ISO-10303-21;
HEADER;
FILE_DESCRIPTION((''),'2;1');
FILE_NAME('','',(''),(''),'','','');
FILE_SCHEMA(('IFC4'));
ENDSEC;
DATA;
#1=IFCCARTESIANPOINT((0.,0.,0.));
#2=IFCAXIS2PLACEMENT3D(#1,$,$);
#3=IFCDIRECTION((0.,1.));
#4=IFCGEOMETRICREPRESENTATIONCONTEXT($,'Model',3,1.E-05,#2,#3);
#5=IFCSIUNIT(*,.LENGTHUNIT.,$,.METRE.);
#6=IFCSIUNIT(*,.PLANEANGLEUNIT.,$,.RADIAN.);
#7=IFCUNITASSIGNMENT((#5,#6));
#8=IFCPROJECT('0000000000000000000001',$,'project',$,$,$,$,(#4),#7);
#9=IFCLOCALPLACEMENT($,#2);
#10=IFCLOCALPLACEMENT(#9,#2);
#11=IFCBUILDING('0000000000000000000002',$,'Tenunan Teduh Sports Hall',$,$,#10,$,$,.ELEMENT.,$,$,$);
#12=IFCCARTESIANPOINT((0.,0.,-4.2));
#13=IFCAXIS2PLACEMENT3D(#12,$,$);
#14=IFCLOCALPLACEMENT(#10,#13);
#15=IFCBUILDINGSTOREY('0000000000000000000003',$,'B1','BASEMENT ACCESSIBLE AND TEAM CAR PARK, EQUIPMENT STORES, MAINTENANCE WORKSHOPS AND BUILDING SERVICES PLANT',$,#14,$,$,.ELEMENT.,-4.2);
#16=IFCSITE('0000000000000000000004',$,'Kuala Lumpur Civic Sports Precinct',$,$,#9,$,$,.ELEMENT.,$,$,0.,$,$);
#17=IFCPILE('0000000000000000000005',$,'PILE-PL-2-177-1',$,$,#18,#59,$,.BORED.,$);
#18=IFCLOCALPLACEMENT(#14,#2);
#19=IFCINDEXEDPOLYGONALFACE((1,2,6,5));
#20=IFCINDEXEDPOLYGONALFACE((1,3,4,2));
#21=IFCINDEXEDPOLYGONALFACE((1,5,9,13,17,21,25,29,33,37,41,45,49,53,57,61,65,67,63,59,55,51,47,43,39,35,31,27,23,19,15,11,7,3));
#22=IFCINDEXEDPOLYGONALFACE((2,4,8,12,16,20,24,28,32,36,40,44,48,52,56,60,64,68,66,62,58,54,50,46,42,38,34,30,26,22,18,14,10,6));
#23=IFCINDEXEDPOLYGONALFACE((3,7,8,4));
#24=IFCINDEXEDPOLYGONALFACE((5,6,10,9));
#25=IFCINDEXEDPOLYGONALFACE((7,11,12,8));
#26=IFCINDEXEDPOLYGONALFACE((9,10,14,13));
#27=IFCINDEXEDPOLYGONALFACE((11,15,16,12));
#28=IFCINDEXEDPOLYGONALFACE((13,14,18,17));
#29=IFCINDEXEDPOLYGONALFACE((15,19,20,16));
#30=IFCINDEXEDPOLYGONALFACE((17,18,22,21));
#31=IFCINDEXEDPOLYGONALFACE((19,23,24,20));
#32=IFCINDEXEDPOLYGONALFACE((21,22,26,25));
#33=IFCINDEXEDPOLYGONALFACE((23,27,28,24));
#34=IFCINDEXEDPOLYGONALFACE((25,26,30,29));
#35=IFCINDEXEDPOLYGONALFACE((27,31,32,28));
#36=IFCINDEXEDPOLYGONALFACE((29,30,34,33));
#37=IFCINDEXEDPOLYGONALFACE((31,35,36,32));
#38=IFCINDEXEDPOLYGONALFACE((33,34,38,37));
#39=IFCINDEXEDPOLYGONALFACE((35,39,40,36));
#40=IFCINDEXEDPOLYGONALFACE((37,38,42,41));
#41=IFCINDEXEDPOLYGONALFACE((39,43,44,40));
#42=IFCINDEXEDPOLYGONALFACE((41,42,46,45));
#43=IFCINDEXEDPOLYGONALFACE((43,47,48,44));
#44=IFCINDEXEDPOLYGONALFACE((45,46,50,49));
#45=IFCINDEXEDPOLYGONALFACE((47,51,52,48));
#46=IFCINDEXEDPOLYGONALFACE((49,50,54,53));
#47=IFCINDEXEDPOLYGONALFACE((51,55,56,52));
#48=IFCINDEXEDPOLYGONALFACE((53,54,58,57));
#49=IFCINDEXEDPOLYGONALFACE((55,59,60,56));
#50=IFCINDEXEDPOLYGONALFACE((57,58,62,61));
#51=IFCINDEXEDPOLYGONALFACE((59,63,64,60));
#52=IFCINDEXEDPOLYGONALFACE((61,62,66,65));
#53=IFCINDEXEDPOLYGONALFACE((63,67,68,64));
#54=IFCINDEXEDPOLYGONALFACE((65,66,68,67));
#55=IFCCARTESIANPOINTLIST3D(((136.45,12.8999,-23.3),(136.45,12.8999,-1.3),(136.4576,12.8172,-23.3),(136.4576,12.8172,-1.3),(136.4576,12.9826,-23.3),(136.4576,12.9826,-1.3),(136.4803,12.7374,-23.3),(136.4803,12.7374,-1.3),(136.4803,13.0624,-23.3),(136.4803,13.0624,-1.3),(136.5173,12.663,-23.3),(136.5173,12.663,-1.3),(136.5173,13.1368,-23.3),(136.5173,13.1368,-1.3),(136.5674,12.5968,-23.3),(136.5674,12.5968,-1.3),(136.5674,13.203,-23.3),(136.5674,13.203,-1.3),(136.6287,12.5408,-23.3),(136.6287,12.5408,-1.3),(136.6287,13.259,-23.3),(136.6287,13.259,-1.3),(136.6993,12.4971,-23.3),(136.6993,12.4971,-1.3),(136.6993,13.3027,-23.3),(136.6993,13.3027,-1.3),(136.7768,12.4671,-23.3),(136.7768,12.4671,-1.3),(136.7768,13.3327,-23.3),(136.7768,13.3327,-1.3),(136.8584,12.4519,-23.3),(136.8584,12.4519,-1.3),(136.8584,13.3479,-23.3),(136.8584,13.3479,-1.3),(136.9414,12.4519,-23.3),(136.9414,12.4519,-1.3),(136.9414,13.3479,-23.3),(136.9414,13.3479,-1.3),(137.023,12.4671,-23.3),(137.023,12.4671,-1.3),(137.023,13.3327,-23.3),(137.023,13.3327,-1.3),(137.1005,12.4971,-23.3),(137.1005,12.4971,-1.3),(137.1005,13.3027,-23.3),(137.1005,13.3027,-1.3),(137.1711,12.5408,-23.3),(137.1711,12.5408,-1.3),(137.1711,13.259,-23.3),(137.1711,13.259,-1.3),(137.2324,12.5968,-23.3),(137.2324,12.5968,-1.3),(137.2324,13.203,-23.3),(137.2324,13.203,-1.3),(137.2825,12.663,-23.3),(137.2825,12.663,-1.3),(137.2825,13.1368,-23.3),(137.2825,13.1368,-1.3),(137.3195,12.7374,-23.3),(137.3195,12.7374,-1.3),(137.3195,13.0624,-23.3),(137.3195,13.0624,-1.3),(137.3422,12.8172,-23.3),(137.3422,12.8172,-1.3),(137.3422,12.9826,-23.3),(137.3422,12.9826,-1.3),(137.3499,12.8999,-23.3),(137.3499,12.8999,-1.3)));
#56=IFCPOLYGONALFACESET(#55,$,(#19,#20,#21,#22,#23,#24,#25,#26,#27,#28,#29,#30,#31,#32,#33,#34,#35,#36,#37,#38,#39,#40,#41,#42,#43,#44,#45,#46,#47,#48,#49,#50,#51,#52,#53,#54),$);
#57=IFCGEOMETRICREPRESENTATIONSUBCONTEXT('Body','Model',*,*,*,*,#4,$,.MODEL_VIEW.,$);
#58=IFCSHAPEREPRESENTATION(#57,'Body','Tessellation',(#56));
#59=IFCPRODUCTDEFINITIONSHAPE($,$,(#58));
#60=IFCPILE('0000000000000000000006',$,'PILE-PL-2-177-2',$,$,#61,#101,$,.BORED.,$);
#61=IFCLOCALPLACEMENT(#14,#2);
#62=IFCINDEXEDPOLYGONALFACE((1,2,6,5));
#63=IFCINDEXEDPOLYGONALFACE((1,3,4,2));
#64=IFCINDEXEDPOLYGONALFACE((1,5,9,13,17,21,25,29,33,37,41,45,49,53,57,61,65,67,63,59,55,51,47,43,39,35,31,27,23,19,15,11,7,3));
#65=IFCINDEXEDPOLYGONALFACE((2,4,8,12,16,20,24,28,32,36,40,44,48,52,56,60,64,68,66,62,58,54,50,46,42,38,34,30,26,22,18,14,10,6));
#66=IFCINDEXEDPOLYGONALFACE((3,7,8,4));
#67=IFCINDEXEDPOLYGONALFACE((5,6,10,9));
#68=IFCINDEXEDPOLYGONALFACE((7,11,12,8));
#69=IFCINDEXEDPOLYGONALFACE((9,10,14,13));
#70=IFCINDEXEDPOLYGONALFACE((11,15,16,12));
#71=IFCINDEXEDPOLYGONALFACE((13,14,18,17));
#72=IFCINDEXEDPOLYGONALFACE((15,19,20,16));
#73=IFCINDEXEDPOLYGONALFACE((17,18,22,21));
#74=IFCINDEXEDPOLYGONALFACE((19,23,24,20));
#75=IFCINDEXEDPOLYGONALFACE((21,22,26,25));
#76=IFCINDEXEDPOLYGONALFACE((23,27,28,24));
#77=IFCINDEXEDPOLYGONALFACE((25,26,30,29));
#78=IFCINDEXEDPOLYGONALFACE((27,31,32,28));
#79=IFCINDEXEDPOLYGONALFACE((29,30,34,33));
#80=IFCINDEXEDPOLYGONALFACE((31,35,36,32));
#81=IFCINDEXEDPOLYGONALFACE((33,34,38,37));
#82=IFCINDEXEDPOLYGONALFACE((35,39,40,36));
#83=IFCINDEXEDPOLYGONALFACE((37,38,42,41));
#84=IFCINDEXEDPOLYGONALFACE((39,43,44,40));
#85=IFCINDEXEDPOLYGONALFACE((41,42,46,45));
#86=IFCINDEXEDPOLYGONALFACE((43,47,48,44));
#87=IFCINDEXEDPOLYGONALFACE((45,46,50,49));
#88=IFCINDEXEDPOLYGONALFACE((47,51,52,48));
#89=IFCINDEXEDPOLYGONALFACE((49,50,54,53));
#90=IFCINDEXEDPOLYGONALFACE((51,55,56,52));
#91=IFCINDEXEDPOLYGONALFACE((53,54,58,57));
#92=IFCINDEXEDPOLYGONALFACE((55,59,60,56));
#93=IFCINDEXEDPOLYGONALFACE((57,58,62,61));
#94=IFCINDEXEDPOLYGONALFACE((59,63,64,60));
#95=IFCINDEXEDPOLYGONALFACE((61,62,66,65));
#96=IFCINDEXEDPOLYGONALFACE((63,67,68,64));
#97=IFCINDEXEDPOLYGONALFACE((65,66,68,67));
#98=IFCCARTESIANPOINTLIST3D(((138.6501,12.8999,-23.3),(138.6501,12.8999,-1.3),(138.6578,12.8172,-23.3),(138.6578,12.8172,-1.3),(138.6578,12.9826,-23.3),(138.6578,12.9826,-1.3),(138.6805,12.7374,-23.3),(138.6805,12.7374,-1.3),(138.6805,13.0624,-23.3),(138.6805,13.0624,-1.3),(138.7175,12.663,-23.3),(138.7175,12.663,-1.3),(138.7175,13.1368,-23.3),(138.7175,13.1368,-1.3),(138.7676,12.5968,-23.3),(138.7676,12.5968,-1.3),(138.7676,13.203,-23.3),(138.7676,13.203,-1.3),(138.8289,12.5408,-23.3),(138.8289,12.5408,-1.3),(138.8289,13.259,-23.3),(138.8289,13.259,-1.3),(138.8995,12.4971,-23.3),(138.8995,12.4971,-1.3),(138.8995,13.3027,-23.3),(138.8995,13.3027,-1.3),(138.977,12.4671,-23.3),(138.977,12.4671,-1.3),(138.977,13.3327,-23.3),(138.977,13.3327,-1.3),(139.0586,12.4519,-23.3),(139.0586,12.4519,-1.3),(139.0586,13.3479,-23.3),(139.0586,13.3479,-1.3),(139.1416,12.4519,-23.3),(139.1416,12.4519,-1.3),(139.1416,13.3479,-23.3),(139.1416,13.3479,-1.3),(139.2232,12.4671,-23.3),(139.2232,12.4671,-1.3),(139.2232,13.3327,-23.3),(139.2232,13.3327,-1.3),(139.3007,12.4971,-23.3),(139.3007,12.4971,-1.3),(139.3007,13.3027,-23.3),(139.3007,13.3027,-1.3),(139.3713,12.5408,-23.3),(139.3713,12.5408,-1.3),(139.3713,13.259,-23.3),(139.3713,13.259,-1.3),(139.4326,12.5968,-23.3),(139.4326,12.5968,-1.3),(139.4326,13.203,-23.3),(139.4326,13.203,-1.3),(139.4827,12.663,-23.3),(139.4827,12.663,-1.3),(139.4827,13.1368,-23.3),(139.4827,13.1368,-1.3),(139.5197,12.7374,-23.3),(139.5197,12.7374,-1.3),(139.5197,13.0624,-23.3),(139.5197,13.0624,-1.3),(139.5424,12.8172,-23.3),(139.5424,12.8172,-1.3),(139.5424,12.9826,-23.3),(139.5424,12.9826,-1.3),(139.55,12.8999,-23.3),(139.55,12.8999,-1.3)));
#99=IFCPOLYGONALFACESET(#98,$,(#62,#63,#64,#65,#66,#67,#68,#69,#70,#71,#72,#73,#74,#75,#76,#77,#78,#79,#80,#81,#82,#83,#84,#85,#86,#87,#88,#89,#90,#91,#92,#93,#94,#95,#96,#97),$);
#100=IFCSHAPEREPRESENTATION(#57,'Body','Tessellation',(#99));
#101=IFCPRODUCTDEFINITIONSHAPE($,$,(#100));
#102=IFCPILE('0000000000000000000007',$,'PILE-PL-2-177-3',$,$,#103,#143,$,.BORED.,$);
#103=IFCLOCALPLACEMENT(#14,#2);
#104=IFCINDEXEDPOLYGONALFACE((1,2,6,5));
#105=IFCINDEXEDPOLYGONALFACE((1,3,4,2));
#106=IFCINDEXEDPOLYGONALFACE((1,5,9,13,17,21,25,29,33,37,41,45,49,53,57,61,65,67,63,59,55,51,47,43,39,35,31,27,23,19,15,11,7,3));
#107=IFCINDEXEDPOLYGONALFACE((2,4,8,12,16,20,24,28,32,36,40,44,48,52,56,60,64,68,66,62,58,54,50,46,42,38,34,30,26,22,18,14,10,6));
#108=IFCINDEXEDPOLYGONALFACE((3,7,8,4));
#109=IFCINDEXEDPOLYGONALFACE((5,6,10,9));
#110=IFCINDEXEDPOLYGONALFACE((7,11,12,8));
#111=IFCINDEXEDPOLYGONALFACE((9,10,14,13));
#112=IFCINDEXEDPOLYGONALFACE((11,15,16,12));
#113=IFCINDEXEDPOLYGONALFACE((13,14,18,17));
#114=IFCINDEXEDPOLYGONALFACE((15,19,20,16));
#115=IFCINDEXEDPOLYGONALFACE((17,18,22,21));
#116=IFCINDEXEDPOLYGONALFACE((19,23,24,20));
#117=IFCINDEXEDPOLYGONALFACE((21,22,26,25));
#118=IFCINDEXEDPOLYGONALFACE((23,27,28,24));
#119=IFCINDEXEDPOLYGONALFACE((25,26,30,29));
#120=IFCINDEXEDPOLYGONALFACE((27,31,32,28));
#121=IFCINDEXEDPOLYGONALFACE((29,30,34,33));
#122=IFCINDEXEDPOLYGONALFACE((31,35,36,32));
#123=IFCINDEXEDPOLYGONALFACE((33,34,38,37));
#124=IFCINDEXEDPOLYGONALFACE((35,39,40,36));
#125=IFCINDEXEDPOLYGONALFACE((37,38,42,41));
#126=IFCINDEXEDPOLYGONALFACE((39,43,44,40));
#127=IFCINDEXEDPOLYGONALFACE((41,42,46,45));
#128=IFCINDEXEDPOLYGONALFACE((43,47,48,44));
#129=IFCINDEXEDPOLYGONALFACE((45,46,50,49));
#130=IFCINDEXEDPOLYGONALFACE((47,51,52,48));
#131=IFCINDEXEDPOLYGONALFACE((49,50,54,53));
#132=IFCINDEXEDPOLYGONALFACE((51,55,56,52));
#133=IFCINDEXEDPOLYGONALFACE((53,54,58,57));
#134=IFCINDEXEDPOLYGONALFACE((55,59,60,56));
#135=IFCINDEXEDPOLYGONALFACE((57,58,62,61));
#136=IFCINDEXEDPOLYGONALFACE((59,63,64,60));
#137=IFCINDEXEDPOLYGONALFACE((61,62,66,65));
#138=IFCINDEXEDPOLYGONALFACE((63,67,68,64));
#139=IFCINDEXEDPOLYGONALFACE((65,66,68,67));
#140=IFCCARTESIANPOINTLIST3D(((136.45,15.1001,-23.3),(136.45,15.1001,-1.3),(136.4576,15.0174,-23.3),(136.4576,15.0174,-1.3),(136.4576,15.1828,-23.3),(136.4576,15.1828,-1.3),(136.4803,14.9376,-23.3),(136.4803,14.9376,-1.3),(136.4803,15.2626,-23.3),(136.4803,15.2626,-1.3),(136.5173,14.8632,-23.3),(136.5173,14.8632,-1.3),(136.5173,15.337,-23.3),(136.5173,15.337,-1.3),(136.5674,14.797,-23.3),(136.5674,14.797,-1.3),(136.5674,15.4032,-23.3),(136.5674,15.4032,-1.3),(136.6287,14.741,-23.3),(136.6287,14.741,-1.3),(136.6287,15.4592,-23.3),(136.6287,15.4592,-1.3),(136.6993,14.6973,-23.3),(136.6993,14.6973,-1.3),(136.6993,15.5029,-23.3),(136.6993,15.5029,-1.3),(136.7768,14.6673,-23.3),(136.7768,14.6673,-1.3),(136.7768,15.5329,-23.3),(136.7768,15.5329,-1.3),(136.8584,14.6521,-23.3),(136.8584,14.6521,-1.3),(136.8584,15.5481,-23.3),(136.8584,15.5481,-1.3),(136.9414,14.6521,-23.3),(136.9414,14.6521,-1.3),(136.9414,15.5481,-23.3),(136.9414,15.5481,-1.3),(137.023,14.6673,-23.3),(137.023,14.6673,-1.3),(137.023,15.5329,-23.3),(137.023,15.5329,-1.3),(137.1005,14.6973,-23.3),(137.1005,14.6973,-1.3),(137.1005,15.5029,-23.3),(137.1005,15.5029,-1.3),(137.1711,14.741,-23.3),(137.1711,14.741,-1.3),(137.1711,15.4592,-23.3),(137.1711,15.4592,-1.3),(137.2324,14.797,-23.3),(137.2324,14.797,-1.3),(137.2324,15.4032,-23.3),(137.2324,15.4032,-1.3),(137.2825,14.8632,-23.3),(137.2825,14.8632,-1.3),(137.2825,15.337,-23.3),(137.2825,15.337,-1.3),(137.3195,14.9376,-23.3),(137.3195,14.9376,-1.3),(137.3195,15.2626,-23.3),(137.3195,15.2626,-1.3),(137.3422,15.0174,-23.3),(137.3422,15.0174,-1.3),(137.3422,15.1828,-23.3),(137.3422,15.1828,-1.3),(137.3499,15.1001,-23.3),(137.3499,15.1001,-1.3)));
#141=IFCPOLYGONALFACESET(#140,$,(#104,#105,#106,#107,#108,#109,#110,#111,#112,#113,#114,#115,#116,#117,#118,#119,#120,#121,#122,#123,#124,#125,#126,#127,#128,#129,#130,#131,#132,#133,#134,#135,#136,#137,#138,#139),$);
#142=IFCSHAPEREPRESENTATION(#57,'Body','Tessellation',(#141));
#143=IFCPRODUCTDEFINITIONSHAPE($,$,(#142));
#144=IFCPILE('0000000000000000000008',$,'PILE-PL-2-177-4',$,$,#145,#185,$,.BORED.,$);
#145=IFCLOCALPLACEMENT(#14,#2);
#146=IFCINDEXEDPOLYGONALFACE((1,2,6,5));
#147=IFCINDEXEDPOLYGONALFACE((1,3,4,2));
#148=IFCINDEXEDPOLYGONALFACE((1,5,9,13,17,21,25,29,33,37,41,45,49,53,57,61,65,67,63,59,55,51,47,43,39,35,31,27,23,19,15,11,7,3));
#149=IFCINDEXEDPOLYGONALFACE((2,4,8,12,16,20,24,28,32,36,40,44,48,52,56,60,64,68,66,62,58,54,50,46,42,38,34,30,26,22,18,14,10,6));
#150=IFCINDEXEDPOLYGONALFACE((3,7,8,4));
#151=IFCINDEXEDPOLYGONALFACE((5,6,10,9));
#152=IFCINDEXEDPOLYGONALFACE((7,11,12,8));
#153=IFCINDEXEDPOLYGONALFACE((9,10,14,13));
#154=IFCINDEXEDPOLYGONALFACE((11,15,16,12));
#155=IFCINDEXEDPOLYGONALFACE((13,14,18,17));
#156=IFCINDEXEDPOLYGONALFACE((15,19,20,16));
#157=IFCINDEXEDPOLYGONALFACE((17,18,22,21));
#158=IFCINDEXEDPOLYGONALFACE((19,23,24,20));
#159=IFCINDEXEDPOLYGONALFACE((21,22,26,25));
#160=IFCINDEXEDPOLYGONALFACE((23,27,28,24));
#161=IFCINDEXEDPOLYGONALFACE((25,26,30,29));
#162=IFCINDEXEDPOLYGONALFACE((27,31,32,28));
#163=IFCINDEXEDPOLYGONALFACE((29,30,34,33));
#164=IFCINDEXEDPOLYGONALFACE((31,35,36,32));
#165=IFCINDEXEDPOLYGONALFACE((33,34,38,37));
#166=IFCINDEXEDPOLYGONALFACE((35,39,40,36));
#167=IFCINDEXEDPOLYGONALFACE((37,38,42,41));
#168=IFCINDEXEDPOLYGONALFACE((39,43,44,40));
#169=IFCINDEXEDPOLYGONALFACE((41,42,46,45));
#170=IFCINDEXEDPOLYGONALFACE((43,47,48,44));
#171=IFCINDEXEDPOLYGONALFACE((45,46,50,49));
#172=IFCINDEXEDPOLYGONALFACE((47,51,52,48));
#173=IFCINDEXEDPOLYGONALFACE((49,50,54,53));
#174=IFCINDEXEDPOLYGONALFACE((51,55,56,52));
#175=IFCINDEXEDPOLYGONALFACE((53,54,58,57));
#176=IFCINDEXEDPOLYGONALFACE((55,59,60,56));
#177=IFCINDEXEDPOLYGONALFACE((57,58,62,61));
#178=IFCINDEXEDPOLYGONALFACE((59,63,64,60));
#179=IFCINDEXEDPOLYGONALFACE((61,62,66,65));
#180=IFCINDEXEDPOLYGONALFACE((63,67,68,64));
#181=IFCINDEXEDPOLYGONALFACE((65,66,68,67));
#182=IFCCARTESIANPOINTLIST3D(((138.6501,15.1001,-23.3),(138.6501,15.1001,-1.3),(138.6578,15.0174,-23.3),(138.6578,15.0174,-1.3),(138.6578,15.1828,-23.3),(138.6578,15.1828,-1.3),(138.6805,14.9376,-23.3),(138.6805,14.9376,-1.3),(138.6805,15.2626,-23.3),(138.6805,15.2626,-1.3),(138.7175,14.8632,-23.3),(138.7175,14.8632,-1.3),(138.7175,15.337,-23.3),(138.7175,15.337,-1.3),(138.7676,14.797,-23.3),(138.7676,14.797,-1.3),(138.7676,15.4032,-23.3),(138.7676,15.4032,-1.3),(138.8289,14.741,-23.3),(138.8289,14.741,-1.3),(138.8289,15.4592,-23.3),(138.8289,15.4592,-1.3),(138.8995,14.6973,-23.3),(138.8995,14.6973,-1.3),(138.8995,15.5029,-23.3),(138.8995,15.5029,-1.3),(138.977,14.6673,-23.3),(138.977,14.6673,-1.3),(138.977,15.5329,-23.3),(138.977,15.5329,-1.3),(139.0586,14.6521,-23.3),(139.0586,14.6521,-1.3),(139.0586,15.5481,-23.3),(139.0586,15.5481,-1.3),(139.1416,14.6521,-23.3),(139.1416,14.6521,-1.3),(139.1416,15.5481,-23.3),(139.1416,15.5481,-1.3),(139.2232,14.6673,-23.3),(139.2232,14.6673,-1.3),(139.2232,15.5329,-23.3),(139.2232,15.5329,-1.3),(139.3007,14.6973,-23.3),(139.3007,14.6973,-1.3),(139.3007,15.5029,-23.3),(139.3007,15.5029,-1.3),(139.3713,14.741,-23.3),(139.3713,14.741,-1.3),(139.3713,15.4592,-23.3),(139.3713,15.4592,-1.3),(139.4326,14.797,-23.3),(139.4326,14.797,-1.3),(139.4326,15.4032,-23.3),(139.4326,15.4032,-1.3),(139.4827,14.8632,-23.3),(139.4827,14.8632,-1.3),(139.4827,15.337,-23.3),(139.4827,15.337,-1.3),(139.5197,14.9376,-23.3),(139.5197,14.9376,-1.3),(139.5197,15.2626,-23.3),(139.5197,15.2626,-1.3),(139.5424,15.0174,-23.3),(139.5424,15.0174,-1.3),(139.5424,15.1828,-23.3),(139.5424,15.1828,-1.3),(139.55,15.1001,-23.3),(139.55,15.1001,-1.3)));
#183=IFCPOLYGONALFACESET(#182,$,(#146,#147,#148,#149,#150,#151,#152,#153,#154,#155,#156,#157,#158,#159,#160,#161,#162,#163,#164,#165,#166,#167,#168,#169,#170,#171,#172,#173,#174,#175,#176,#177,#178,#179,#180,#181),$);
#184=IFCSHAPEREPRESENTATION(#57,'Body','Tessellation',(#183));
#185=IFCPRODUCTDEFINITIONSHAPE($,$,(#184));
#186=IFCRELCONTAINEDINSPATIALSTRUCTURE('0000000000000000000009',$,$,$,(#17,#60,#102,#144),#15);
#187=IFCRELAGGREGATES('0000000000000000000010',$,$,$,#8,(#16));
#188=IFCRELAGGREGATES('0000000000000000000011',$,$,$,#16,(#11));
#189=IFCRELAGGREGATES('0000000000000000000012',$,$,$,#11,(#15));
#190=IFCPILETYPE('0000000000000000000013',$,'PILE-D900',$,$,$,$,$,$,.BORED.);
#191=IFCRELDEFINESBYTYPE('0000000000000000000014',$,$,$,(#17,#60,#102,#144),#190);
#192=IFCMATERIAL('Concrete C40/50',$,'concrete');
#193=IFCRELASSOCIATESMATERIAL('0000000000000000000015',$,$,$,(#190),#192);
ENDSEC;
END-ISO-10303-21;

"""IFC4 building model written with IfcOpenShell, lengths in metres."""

from ifc_helpers import new_model, si_unit, direction, frame, origin, origin_2d, place, context, subcontext, project, spatial, circle, extrude, material, material_profile, profile_set, type_object, element, save


model = new_model("IFC4")

# Units and contexts
model_context = context("Model", 3, precision=1e-05, world=origin(), true_north=direction((0.0, 1.0)))
body_context = subcontext(model_context, "Body", "Model", "MODEL_VIEW")
ifc_project = project(units=[si_unit("LENGTHUNIT", "METRE"), si_unit("PLANEANGLEUNIT", "RADIAN")], contexts=[model_context])

# Site, building, storey
site_placement = place(None, origin())
site = spatial("IfcSite", under=ifc_project, at=site_placement, Name="Kuala Lumpur Civic Sports Precinct", CompositionType="ELEMENT", RefElevation=0.0)
building_placement = place(site_placement, origin())
building = spatial("IfcBuilding", under=site, at=building_placement, Name="Tenunan Teduh Sports Hall", CompositionType="ELEMENT")
storey_placement = place(building_placement, frame((0.0, 0.0, -4.2)))
storey = spatial("IfcBuildingStorey", under=building, at=storey_placement, Name="B1", Description="BASEMENT ACCESSIBLE AND TEAM CAR PARK, EQUIPMENT STORES, MAINTENANCE WORKSHOPS AND BUILDING SERVICES PLANT", CompositionType="ELEMENT", Elevation=-4.2)

# Piles
ifc_material_1 = material(Name="Concrete C40/50", Category="concrete")
ifc_material_profile_1 = material_profile(ifc_material_1, circle(Radius=0.45, at=origin_2d()), Name="PILE D900")
ifc_profile_set_1 = profile_set([ifc_material_profile_1], Name="Concrete C40/50")
pile_type = type_object("IfcPileType", Name="PILE-D900", PredefinedType="BORED", material=ifc_profile_set_1)
for number, where, z_axis, x_axis, name in (
    (1, (136.8999, 12.8999, -1.3), (0.0, 0.0, -1.0), (1.0, 0.0, 0.0), "PILE-PL-2-177-1"),
    (2, (139.1001, 12.8999, -1.3), (0.0, 0.0, -1.0), (1.0, 0.0, 0.0), "PILE-PL-2-177-2"),
    (3, (136.8999, 15.1001, -1.3), (0.0, 0.0, -1.0), (1.0, 0.0, 0.0), "PILE-PL-2-177-3"),
    (4, (139.1001, 15.1001, -1.3), (0.0, 0.0, -1.0), (1.0, 0.0, 0.0), "PILE-PL-2-177-4"),
):
    element("IfcPile", number, at=place(storey_placement, frame(where, z_axis=z_axis, x_axis=x_axis)), inside=storey, type_object=pile_type, Name=name, PredefinedType="BORED", context=body_context, shape_type="SweptSolid", body=[
        extrude(circle(Radius=0.45, at=origin_2d()), origin(), (0.0, 0.0, 1.0), 22.0),
    ])

save(model, "model.ifc")
